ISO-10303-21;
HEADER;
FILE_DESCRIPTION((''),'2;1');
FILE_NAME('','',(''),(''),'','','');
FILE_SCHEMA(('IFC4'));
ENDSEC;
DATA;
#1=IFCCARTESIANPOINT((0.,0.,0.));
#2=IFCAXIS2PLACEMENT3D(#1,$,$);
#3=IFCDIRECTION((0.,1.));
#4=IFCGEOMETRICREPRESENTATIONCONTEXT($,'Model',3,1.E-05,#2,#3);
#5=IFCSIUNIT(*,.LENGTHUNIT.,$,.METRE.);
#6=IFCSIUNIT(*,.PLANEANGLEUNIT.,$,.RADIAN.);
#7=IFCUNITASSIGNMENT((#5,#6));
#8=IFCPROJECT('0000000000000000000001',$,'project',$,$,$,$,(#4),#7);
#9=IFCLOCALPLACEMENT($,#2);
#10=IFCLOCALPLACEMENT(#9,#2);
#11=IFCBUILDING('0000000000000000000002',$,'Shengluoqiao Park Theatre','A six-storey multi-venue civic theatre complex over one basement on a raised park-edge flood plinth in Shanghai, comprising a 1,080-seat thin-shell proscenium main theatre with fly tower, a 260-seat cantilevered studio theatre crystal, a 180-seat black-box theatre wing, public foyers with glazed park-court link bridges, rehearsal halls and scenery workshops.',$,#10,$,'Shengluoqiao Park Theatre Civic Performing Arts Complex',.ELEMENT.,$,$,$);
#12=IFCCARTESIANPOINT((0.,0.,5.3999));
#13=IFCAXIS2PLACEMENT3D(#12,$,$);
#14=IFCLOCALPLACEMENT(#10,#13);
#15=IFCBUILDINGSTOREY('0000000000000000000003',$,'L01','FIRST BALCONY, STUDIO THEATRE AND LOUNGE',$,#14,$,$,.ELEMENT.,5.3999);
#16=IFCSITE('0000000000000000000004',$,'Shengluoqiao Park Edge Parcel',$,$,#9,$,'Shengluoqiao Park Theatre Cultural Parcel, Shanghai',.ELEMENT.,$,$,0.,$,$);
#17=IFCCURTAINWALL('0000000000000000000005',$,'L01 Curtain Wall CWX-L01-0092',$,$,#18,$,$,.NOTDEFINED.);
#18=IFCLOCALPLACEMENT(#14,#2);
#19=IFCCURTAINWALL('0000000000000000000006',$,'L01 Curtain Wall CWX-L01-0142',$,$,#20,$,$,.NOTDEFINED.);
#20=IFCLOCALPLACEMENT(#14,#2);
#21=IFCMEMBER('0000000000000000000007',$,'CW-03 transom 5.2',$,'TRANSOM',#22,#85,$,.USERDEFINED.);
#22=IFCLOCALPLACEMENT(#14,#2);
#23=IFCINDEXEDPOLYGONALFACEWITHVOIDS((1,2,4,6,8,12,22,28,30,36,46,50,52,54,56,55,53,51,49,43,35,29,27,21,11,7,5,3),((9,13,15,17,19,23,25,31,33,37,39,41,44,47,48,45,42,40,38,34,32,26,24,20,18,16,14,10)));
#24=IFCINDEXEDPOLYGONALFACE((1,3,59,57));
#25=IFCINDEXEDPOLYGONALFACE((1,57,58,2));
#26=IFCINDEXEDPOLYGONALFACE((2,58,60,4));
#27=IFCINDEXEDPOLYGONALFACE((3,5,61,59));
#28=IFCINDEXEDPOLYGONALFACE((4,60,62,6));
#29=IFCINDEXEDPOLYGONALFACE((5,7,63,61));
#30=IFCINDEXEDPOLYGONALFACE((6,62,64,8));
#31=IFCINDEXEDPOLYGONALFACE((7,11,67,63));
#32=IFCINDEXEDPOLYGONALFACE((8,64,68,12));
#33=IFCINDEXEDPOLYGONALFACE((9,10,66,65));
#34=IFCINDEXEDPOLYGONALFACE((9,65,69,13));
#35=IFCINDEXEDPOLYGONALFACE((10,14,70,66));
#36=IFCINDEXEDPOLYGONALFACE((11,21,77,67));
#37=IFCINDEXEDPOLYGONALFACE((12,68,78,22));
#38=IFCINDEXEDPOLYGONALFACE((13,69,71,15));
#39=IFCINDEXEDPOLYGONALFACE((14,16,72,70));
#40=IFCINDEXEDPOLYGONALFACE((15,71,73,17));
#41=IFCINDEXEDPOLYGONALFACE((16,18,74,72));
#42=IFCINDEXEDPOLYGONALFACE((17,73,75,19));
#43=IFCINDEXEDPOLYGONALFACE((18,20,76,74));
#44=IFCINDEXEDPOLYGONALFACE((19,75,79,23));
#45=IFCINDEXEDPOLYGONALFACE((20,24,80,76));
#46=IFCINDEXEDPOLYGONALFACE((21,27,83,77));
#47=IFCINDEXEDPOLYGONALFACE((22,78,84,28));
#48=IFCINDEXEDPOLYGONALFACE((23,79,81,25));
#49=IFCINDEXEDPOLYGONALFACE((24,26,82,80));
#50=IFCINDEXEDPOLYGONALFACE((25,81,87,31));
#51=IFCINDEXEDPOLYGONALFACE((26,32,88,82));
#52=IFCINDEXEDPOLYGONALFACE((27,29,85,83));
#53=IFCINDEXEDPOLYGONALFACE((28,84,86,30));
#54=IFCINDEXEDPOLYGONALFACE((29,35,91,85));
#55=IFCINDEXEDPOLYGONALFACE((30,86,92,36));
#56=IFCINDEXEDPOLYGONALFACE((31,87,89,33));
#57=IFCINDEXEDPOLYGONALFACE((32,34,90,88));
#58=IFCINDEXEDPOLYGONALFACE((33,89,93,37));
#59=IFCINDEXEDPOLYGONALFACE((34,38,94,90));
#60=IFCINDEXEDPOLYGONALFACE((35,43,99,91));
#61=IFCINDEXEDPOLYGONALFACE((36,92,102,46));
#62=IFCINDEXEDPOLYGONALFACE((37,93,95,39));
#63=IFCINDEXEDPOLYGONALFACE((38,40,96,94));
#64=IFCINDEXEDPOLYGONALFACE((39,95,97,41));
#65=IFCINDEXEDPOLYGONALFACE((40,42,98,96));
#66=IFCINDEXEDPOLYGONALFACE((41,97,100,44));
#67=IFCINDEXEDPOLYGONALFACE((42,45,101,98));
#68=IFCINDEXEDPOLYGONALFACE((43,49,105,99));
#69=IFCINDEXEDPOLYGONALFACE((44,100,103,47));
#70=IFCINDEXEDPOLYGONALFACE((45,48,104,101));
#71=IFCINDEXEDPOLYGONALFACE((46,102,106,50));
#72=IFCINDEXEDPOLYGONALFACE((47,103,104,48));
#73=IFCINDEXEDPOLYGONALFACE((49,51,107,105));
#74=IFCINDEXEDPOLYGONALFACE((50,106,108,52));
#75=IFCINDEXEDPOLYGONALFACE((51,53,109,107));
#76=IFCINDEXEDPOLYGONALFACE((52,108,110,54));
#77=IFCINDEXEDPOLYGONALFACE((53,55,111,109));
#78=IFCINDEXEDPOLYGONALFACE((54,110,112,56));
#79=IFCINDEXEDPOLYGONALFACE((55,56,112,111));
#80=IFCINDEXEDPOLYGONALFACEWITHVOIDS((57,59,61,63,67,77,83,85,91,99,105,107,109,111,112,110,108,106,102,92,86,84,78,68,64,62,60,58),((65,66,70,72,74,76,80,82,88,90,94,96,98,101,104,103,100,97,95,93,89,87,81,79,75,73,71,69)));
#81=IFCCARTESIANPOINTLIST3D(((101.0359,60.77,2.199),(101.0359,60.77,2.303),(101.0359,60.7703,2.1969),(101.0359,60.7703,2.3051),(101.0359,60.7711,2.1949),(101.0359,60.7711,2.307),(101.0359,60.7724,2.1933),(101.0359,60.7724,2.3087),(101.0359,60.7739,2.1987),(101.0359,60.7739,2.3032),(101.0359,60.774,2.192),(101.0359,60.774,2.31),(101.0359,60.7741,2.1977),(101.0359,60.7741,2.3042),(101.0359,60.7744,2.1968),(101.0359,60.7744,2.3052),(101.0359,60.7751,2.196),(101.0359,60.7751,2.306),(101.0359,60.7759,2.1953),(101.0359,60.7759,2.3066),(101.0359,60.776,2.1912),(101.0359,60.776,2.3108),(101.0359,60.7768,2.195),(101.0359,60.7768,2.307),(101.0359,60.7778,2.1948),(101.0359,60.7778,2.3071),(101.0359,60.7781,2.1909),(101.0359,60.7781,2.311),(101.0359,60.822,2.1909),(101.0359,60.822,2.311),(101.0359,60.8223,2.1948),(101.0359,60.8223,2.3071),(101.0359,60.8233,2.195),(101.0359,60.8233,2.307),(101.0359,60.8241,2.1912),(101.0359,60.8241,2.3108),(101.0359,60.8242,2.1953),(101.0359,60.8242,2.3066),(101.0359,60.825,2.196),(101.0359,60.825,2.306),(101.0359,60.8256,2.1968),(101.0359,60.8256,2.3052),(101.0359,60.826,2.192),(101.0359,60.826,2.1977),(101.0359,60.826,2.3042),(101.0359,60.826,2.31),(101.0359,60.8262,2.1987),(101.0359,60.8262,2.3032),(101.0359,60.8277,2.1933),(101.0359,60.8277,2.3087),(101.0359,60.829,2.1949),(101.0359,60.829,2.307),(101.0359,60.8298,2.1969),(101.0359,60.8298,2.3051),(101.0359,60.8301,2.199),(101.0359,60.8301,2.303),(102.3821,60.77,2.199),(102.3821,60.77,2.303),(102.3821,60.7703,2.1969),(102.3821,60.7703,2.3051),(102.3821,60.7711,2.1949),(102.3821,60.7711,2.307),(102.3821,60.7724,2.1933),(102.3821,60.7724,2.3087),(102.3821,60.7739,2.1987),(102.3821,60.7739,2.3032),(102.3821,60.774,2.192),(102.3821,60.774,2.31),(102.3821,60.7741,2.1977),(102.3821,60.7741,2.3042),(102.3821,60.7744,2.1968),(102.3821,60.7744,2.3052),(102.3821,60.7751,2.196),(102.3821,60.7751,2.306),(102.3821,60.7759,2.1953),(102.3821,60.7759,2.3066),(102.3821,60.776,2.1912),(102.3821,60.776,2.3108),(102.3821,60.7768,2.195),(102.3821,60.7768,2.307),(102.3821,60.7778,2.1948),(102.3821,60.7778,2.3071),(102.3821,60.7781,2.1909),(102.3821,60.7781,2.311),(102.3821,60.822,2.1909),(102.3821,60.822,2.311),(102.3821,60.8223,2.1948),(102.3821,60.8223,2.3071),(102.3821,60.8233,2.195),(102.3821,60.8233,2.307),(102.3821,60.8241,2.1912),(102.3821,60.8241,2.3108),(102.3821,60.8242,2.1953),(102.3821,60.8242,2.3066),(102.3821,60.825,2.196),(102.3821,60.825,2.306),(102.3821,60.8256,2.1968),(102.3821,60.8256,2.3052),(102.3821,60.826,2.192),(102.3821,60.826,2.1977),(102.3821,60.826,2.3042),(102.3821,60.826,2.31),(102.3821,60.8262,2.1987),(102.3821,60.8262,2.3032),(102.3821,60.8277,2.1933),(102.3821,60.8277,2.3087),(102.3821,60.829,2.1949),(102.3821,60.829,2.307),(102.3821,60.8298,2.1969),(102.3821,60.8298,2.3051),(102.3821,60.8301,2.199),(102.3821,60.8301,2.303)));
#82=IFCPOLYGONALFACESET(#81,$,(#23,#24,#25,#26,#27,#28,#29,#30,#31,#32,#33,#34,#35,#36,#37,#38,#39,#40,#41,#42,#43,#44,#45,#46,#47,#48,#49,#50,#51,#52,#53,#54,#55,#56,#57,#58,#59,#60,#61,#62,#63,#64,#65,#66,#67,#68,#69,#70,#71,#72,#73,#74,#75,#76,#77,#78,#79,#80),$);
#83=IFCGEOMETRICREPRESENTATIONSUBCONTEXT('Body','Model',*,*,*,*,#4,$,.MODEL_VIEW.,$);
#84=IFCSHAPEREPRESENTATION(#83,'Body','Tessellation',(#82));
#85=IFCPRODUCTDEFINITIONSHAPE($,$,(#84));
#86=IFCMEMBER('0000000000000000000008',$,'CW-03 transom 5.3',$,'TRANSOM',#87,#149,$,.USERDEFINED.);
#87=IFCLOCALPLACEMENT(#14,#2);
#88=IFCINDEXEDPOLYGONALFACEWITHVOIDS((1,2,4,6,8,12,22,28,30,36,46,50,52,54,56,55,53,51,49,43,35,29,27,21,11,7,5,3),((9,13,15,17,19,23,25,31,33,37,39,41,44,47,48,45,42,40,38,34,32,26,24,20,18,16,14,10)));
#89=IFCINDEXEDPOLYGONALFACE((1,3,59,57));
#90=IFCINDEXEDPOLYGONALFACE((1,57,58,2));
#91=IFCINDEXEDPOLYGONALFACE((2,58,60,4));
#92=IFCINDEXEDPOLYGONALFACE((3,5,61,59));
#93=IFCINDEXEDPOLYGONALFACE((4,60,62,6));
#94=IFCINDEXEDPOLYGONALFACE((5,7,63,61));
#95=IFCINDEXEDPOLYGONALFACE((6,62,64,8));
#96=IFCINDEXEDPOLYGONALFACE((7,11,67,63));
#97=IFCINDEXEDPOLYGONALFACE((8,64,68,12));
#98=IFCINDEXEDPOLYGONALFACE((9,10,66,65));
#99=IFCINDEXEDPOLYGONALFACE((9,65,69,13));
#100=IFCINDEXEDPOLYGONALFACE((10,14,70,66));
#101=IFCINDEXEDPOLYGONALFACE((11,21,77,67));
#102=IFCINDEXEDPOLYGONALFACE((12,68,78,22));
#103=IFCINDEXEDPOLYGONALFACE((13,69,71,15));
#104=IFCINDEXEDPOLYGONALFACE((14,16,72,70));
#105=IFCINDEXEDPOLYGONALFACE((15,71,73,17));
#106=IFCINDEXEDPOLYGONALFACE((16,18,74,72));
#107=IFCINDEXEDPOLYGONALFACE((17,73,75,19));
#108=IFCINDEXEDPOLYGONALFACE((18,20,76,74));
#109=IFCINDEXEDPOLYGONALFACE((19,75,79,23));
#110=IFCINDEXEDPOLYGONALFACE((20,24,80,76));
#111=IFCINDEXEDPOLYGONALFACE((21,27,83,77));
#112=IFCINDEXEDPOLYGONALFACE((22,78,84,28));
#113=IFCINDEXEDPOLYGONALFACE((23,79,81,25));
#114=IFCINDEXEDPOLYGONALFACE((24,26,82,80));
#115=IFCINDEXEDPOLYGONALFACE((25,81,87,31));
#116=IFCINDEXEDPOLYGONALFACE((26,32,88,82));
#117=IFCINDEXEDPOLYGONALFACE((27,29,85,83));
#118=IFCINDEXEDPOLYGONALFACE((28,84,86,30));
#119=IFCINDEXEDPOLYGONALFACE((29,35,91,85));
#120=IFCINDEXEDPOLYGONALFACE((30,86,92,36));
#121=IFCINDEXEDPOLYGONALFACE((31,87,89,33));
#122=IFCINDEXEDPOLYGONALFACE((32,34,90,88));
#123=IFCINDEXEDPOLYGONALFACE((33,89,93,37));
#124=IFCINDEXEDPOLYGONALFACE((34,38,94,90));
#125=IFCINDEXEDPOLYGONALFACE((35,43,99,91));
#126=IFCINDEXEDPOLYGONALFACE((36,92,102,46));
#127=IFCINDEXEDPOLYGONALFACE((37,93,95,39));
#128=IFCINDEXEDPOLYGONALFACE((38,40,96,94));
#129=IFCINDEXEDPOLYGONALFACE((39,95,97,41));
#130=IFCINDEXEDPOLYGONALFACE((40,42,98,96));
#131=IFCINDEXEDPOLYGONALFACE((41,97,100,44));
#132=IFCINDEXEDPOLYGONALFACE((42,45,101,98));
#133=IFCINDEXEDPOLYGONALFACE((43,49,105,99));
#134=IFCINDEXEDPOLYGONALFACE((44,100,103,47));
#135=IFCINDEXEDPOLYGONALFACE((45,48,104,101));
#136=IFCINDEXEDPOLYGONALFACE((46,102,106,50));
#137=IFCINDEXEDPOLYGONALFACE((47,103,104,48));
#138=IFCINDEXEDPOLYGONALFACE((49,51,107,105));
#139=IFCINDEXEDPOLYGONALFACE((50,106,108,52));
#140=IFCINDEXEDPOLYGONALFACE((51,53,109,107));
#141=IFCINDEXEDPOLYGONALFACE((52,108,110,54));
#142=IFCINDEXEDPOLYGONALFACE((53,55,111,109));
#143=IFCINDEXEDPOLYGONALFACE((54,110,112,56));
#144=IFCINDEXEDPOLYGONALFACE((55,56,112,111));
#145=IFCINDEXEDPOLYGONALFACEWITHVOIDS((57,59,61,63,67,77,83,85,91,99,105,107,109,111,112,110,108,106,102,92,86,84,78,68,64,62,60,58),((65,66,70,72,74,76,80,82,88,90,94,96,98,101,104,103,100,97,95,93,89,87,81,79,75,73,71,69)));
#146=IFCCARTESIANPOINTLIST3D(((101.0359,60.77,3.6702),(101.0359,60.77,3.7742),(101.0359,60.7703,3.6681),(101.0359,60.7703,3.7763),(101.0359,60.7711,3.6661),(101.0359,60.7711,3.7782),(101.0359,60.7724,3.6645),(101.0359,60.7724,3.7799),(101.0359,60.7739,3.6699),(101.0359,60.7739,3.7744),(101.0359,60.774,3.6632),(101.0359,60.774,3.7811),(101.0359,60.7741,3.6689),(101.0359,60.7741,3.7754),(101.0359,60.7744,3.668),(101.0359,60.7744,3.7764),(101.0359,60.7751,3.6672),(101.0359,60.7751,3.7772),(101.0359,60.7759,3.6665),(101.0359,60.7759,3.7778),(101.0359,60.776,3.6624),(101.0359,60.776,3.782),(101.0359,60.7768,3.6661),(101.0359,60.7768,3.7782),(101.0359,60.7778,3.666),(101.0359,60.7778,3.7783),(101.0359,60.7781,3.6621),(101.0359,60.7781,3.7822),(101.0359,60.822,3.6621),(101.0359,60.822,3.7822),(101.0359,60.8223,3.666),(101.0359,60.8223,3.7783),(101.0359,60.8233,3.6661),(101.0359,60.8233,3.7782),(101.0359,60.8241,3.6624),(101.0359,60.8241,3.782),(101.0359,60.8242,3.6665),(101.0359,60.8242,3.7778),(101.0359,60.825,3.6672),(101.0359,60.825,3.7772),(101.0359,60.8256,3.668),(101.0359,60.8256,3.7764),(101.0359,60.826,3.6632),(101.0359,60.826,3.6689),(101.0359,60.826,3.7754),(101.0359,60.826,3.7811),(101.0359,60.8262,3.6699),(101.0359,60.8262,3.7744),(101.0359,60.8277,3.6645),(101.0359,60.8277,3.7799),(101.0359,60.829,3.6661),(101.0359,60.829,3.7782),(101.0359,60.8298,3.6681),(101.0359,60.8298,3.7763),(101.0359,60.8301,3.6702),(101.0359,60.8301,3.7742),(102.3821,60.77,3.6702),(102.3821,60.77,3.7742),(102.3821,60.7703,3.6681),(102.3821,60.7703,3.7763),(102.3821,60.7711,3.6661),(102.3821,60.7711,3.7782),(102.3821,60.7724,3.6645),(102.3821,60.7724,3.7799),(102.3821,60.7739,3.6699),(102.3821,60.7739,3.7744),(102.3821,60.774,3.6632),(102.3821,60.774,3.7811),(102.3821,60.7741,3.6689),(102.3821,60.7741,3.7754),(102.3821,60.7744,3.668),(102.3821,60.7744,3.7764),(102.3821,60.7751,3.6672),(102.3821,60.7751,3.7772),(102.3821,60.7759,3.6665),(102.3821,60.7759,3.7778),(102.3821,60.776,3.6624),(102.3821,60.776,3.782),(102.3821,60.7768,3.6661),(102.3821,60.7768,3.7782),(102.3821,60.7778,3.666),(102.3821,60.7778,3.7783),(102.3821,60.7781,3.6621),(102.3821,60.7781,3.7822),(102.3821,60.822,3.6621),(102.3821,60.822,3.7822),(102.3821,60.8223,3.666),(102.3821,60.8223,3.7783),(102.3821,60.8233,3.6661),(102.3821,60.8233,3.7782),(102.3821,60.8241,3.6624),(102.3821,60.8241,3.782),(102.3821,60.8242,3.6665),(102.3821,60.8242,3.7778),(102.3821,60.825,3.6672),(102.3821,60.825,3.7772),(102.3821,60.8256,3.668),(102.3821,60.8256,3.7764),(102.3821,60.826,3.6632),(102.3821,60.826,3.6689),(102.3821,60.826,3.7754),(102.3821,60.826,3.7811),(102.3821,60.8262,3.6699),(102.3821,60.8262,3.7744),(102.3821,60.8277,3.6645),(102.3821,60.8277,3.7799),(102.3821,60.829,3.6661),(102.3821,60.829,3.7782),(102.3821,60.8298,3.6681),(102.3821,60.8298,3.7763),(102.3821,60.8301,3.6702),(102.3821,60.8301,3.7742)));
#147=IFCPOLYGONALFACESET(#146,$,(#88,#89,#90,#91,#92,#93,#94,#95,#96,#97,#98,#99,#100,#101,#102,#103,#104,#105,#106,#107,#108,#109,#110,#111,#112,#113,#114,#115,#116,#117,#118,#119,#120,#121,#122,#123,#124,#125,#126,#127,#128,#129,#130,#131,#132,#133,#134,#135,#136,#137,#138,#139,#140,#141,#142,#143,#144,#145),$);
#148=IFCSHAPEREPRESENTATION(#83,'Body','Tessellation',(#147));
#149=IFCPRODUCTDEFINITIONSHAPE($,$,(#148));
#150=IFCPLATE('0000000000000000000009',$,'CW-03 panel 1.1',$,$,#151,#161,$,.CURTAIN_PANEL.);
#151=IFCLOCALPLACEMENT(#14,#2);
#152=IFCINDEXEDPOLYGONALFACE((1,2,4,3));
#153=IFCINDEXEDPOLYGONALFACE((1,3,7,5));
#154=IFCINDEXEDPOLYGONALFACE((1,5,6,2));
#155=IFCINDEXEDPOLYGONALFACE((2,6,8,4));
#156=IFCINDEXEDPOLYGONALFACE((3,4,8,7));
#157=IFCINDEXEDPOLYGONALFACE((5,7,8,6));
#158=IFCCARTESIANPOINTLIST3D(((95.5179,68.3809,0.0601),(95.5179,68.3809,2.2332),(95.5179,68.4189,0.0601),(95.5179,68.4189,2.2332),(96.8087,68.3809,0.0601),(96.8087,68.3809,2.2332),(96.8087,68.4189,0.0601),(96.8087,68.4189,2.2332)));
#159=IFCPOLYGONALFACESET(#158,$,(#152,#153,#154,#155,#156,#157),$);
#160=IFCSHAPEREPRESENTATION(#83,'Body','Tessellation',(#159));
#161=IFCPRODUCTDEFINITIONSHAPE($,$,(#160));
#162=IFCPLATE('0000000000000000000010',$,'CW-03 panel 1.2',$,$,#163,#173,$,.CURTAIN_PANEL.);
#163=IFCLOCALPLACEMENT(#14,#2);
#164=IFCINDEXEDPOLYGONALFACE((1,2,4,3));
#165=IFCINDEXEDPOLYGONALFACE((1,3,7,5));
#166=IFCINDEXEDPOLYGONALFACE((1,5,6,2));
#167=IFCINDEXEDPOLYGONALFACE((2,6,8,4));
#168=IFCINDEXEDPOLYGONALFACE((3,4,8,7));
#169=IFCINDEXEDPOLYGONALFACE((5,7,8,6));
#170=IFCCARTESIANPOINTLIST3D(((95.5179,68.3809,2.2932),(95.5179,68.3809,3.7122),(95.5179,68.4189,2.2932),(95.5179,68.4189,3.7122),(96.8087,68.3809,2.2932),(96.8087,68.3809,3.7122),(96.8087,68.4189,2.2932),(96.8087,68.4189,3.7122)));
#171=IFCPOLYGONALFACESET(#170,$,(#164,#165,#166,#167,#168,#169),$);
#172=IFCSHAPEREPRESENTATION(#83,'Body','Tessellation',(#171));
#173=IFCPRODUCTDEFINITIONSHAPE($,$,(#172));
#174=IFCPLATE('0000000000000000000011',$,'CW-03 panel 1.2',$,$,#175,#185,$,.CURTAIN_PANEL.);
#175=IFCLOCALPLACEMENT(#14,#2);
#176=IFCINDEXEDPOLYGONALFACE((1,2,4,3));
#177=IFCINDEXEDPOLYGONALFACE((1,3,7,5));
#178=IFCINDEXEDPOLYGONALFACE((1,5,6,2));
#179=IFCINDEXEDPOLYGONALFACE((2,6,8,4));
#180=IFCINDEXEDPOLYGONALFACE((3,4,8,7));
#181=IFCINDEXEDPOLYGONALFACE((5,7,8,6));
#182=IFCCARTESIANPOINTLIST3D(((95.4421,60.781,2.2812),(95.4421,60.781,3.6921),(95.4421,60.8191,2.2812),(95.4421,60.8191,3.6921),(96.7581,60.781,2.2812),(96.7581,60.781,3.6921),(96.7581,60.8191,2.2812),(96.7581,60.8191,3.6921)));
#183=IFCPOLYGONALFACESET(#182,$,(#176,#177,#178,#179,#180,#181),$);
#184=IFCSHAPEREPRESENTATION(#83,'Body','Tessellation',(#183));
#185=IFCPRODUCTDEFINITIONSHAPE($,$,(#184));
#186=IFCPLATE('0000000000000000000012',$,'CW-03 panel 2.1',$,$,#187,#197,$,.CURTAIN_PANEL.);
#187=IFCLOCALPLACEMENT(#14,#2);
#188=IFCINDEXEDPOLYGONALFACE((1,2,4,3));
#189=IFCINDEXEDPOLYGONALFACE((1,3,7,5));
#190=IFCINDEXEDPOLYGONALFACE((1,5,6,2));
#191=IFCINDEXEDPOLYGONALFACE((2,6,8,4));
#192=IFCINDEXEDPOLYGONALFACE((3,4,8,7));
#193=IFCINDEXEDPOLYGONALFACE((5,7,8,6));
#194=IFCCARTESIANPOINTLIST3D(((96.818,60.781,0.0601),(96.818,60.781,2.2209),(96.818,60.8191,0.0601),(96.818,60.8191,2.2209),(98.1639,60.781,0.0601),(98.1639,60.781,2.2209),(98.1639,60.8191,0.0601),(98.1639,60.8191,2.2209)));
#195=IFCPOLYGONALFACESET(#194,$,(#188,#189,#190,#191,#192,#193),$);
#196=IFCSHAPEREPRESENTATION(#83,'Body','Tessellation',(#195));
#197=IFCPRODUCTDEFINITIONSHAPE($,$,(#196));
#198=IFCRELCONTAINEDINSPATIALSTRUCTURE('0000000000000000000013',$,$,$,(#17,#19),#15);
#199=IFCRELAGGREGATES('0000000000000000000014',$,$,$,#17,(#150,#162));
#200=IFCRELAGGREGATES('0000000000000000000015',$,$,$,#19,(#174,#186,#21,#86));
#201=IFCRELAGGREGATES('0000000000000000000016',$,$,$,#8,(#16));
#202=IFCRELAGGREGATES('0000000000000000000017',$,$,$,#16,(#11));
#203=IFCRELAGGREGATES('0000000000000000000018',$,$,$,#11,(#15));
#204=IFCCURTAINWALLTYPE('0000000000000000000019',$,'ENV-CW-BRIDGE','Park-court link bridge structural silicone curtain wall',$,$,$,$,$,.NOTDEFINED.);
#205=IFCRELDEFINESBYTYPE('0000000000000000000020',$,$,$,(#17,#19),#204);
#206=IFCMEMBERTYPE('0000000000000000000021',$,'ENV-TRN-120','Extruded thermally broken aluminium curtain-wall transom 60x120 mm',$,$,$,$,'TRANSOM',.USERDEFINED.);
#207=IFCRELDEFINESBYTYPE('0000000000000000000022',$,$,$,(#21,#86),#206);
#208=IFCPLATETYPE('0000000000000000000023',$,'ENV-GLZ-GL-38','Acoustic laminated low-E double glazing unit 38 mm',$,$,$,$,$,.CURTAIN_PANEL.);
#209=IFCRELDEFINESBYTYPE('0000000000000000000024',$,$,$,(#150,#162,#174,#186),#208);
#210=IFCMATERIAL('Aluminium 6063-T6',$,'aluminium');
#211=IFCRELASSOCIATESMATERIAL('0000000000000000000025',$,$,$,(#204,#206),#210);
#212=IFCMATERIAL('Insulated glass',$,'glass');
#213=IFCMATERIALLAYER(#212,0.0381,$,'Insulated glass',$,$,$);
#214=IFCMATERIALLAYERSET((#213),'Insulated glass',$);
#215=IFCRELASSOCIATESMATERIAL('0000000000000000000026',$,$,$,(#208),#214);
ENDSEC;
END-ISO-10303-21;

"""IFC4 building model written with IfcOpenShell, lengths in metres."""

from ifc_helpers import new_model, si_unit, direction, frame, origin, origin_2d, place, context, subcontext, project, spatial, rectangle, hollow_rectangle, extrude, material, layer, layer_set, material_profile, profile_set, type_object, element, aggregate, save


model = new_model("IFC4")

# Units and contexts
model_context = context("Model", 3, precision=1e-05, world=origin(), true_north=direction((0.0, 1.0)))
body_context = subcontext(model_context, "Body", "Model", "MODEL_VIEW")
ifc_project = project(units=[si_unit("LENGTHUNIT", "METRE"), si_unit("PLANEANGLEUNIT", "RADIAN")], contexts=[model_context])

# Site, building, storey
site_placement = place(None, origin())
site = spatial("IfcSite", under=ifc_project, at=site_placement, Name="Shengluoqiao Park Edge Parcel", LongName="Shengluoqiao Park Theatre Cultural Parcel, Shanghai", CompositionType="ELEMENT", RefElevation=0.0)
building_placement = place(site_placement, origin())
building = spatial("IfcBuilding", under=site, at=building_placement, Name="Shengluoqiao Park Theatre", Description="A six-storey multi-venue civic theatre complex over one basement on a raised park-edge flood plinth in Shanghai, comprising a 1,080-seat thin-shell proscenium main theatre with fly tower, a 260-seat cantilevered studio theatre crystal, a 180-seat black-box theatre wing, public foyers with glazed park-court link bridges, rehearsal halls and scenery workshops.", LongName="Shengluoqiao Park Theatre Civic Performing Arts Complex", CompositionType="ELEMENT")
storey_placement = place(building_placement, frame((0.0, 0.0, 5.3999)))
storey = spatial("IfcBuildingStorey", under=building, at=storey_placement, Name="L01", Description="FIRST BALCONY, STUDIO THEATRE AND LOUNGE", CompositionType="ELEMENT", Elevation=5.3999)

# Curtain wall
ifc_material_1 = material(Name="Aluminium 6063-T6", Category="aluminium")
curtain_wall_type = type_object("IfcCurtainWallType", Name="ENV-CW-BRIDGE", Description="Park-court link bridge structural silicone curtain wall", PredefinedType="NOTDEFINED", material=ifc_material_1)
curtain_wall_1_placement = place(storey_placement, origin())
curtain_wall_1 = element("IfcCurtainWall", 1, at=curtain_wall_1_placement, inside=storey, type_object=curtain_wall_type, Name="L01 Curtain Wall CWX-L01-0092", PredefinedType="NOTDEFINED")

# Curtain wall
curtain_wall_2_placement = place(storey_placement, origin())
curtain_wall_2 = element("IfcCurtainWall", 2, at=curtain_wall_2_placement, inside=storey, type_object=curtain_wall_type, Name="L01 Curtain Wall CWX-L01-0142", PredefinedType="NOTDEFINED")

# Members
ifc_material_profile_1 = material_profile(ifc_material_1, hollow_rectangle(XDim=0.0601, YDim=0.1201, WallThickness=0.0039, InnerFilletRadius=0.0039, OuterFilletRadius=0.0081, at=origin_2d()), Name="ALU TRANSOM 120x60x4")
ifc_profile_set_1 = profile_set([ifc_material_profile_1], Name="Aluminium 6063-T6")
member_type_1 = type_object("IfcMemberType", Name="ENV-TRN-120", Description="Extruded thermally broken aluminium curtain-wall transom 60x120 mm", ElementType="TRANSOM", PredefinedType="USERDEFINED", material=ifc_profile_set_1)
member_1_placement = place(storey_placement, frame((101.0359, 60.8, 2.251), z_axis=(1.0, 0.0, 0.0), x_axis=(0.0, 1.0, 0.0)))
member_1 = element("IfcMember", 3, at=member_1_placement, type_object=member_type_1, Name="CW-03 transom 5.2", ObjectType="TRANSOM", PredefinedType="USERDEFINED", context=body_context, shape_type="SweptSolid", body=[
    extrude(hollow_rectangle(XDim=0.0601, YDim=0.1201, WallThickness=0.0039, InnerFilletRadius=0.0039, OuterFilletRadius=0.0081, at=origin_2d()), origin(), (0.0, 0.0, 1.0), 1.3462),
])
member_2_placement = place(storey_placement, frame((101.0359, 60.8, 3.7222), z_axis=(1.0, 0.0, 0.0), x_axis=(0.0, 1.0, 0.0)))
member_2 = element("IfcMember", 4, at=member_2_placement, type_object=member_type_1, Name="CW-03 transom 5.3", ObjectType="TRANSOM", PredefinedType="USERDEFINED", context=body_context, shape_type="SweptSolid", body=[
    extrude(hollow_rectangle(XDim=0.0601, YDim=0.1201, WallThickness=0.0039, InnerFilletRadius=0.0039, OuterFilletRadius=0.0081, at=origin_2d()), origin(), (0.0, 0.0, 1.0), 1.3462),
])

# Plates
ifc_material_2 = material(Name="Insulated glass", Category="glass")
ifc_layer = layer(ifc_material_2, 0.0381, Name="Insulated glass")
ifc_layer_set = layer_set([ifc_layer], Name="Insulated glass")
plate_type = type_object("IfcPlateType", Name="ENV-GLZ-GL-38", Description="Acoustic laminated low-E double glazing unit 38 mm", PredefinedType="CURTAIN_PANEL", material=ifc_layer_set)
plate_1_placement = place(storey_placement, frame((96.1633, 68.3999, 0.0601), z_axis=(0.0, 0.0, 1.0), x_axis=(1.0, 0.0, 0.0)))
plate_1 = element("IfcPlate", 5, at=plate_1_placement, type_object=plate_type, Name="CW-03 panel 1.1", PredefinedType="CURTAIN_PANEL", context=body_context, shape_type="SweptSolid", body=[
    extrude(rectangle(XDim=1.2908, YDim=0.0381, at=origin_2d()), origin(), (0.0, 0.0, 1.0), 2.1731),
])
plate_2_placement = place(storey_placement, frame((96.1633, 68.3999, 2.2932), z_axis=(0.0, 0.0, 1.0), x_axis=(1.0, 0.0, 0.0)))
plate_2 = element("IfcPlate", 6, at=plate_2_placement, type_object=plate_type, Name="CW-03 panel 1.2", PredefinedType="CURTAIN_PANEL", context=body_context, shape_type="SweptSolid", body=[
    extrude(rectangle(XDim=1.2908, YDim=0.0381, at=origin_2d()), origin(), (0.0, 0.0, 1.0), 1.4189),
])
aggregate(curtain_wall_1, [plate_1, plate_2])
plate_3_placement = place(storey_placement, frame((96.1001, 60.8, 2.2812), z_axis=(0.0, 0.0, 1.0), x_axis=(1.0, 0.0, 0.0)))
plate_3 = element("IfcPlate", 7, at=plate_3_placement, type_object=plate_type, Name="CW-03 panel 1.2", PredefinedType="CURTAIN_PANEL", context=body_context, shape_type="SweptSolid", body=[
    extrude(rectangle(XDim=1.3159, YDim=0.0381, at=origin_2d()), origin(), (0.0, 0.0, 1.0), 1.4109),
])
plate_4_placement = place(storey_placement, frame((97.491, 60.8, 0.0601), z_axis=(0.0, 0.0, 1.0), x_axis=(1.0, 0.0, 0.0)))
plate_4 = element("IfcPlate", 8, at=plate_4_placement, type_object=plate_type, Name="CW-03 panel 2.1", PredefinedType="CURTAIN_PANEL", context=body_context, shape_type="SweptSolid", body=[
    extrude(rectangle(XDim=1.3459, YDim=0.0381, at=origin_2d()), origin(), (0.0, 0.0, 1.0), 2.1609),
])
aggregate(curtain_wall_2, [plate_3, plate_4, member_1, member_2])

save(model, "model.ifc")
